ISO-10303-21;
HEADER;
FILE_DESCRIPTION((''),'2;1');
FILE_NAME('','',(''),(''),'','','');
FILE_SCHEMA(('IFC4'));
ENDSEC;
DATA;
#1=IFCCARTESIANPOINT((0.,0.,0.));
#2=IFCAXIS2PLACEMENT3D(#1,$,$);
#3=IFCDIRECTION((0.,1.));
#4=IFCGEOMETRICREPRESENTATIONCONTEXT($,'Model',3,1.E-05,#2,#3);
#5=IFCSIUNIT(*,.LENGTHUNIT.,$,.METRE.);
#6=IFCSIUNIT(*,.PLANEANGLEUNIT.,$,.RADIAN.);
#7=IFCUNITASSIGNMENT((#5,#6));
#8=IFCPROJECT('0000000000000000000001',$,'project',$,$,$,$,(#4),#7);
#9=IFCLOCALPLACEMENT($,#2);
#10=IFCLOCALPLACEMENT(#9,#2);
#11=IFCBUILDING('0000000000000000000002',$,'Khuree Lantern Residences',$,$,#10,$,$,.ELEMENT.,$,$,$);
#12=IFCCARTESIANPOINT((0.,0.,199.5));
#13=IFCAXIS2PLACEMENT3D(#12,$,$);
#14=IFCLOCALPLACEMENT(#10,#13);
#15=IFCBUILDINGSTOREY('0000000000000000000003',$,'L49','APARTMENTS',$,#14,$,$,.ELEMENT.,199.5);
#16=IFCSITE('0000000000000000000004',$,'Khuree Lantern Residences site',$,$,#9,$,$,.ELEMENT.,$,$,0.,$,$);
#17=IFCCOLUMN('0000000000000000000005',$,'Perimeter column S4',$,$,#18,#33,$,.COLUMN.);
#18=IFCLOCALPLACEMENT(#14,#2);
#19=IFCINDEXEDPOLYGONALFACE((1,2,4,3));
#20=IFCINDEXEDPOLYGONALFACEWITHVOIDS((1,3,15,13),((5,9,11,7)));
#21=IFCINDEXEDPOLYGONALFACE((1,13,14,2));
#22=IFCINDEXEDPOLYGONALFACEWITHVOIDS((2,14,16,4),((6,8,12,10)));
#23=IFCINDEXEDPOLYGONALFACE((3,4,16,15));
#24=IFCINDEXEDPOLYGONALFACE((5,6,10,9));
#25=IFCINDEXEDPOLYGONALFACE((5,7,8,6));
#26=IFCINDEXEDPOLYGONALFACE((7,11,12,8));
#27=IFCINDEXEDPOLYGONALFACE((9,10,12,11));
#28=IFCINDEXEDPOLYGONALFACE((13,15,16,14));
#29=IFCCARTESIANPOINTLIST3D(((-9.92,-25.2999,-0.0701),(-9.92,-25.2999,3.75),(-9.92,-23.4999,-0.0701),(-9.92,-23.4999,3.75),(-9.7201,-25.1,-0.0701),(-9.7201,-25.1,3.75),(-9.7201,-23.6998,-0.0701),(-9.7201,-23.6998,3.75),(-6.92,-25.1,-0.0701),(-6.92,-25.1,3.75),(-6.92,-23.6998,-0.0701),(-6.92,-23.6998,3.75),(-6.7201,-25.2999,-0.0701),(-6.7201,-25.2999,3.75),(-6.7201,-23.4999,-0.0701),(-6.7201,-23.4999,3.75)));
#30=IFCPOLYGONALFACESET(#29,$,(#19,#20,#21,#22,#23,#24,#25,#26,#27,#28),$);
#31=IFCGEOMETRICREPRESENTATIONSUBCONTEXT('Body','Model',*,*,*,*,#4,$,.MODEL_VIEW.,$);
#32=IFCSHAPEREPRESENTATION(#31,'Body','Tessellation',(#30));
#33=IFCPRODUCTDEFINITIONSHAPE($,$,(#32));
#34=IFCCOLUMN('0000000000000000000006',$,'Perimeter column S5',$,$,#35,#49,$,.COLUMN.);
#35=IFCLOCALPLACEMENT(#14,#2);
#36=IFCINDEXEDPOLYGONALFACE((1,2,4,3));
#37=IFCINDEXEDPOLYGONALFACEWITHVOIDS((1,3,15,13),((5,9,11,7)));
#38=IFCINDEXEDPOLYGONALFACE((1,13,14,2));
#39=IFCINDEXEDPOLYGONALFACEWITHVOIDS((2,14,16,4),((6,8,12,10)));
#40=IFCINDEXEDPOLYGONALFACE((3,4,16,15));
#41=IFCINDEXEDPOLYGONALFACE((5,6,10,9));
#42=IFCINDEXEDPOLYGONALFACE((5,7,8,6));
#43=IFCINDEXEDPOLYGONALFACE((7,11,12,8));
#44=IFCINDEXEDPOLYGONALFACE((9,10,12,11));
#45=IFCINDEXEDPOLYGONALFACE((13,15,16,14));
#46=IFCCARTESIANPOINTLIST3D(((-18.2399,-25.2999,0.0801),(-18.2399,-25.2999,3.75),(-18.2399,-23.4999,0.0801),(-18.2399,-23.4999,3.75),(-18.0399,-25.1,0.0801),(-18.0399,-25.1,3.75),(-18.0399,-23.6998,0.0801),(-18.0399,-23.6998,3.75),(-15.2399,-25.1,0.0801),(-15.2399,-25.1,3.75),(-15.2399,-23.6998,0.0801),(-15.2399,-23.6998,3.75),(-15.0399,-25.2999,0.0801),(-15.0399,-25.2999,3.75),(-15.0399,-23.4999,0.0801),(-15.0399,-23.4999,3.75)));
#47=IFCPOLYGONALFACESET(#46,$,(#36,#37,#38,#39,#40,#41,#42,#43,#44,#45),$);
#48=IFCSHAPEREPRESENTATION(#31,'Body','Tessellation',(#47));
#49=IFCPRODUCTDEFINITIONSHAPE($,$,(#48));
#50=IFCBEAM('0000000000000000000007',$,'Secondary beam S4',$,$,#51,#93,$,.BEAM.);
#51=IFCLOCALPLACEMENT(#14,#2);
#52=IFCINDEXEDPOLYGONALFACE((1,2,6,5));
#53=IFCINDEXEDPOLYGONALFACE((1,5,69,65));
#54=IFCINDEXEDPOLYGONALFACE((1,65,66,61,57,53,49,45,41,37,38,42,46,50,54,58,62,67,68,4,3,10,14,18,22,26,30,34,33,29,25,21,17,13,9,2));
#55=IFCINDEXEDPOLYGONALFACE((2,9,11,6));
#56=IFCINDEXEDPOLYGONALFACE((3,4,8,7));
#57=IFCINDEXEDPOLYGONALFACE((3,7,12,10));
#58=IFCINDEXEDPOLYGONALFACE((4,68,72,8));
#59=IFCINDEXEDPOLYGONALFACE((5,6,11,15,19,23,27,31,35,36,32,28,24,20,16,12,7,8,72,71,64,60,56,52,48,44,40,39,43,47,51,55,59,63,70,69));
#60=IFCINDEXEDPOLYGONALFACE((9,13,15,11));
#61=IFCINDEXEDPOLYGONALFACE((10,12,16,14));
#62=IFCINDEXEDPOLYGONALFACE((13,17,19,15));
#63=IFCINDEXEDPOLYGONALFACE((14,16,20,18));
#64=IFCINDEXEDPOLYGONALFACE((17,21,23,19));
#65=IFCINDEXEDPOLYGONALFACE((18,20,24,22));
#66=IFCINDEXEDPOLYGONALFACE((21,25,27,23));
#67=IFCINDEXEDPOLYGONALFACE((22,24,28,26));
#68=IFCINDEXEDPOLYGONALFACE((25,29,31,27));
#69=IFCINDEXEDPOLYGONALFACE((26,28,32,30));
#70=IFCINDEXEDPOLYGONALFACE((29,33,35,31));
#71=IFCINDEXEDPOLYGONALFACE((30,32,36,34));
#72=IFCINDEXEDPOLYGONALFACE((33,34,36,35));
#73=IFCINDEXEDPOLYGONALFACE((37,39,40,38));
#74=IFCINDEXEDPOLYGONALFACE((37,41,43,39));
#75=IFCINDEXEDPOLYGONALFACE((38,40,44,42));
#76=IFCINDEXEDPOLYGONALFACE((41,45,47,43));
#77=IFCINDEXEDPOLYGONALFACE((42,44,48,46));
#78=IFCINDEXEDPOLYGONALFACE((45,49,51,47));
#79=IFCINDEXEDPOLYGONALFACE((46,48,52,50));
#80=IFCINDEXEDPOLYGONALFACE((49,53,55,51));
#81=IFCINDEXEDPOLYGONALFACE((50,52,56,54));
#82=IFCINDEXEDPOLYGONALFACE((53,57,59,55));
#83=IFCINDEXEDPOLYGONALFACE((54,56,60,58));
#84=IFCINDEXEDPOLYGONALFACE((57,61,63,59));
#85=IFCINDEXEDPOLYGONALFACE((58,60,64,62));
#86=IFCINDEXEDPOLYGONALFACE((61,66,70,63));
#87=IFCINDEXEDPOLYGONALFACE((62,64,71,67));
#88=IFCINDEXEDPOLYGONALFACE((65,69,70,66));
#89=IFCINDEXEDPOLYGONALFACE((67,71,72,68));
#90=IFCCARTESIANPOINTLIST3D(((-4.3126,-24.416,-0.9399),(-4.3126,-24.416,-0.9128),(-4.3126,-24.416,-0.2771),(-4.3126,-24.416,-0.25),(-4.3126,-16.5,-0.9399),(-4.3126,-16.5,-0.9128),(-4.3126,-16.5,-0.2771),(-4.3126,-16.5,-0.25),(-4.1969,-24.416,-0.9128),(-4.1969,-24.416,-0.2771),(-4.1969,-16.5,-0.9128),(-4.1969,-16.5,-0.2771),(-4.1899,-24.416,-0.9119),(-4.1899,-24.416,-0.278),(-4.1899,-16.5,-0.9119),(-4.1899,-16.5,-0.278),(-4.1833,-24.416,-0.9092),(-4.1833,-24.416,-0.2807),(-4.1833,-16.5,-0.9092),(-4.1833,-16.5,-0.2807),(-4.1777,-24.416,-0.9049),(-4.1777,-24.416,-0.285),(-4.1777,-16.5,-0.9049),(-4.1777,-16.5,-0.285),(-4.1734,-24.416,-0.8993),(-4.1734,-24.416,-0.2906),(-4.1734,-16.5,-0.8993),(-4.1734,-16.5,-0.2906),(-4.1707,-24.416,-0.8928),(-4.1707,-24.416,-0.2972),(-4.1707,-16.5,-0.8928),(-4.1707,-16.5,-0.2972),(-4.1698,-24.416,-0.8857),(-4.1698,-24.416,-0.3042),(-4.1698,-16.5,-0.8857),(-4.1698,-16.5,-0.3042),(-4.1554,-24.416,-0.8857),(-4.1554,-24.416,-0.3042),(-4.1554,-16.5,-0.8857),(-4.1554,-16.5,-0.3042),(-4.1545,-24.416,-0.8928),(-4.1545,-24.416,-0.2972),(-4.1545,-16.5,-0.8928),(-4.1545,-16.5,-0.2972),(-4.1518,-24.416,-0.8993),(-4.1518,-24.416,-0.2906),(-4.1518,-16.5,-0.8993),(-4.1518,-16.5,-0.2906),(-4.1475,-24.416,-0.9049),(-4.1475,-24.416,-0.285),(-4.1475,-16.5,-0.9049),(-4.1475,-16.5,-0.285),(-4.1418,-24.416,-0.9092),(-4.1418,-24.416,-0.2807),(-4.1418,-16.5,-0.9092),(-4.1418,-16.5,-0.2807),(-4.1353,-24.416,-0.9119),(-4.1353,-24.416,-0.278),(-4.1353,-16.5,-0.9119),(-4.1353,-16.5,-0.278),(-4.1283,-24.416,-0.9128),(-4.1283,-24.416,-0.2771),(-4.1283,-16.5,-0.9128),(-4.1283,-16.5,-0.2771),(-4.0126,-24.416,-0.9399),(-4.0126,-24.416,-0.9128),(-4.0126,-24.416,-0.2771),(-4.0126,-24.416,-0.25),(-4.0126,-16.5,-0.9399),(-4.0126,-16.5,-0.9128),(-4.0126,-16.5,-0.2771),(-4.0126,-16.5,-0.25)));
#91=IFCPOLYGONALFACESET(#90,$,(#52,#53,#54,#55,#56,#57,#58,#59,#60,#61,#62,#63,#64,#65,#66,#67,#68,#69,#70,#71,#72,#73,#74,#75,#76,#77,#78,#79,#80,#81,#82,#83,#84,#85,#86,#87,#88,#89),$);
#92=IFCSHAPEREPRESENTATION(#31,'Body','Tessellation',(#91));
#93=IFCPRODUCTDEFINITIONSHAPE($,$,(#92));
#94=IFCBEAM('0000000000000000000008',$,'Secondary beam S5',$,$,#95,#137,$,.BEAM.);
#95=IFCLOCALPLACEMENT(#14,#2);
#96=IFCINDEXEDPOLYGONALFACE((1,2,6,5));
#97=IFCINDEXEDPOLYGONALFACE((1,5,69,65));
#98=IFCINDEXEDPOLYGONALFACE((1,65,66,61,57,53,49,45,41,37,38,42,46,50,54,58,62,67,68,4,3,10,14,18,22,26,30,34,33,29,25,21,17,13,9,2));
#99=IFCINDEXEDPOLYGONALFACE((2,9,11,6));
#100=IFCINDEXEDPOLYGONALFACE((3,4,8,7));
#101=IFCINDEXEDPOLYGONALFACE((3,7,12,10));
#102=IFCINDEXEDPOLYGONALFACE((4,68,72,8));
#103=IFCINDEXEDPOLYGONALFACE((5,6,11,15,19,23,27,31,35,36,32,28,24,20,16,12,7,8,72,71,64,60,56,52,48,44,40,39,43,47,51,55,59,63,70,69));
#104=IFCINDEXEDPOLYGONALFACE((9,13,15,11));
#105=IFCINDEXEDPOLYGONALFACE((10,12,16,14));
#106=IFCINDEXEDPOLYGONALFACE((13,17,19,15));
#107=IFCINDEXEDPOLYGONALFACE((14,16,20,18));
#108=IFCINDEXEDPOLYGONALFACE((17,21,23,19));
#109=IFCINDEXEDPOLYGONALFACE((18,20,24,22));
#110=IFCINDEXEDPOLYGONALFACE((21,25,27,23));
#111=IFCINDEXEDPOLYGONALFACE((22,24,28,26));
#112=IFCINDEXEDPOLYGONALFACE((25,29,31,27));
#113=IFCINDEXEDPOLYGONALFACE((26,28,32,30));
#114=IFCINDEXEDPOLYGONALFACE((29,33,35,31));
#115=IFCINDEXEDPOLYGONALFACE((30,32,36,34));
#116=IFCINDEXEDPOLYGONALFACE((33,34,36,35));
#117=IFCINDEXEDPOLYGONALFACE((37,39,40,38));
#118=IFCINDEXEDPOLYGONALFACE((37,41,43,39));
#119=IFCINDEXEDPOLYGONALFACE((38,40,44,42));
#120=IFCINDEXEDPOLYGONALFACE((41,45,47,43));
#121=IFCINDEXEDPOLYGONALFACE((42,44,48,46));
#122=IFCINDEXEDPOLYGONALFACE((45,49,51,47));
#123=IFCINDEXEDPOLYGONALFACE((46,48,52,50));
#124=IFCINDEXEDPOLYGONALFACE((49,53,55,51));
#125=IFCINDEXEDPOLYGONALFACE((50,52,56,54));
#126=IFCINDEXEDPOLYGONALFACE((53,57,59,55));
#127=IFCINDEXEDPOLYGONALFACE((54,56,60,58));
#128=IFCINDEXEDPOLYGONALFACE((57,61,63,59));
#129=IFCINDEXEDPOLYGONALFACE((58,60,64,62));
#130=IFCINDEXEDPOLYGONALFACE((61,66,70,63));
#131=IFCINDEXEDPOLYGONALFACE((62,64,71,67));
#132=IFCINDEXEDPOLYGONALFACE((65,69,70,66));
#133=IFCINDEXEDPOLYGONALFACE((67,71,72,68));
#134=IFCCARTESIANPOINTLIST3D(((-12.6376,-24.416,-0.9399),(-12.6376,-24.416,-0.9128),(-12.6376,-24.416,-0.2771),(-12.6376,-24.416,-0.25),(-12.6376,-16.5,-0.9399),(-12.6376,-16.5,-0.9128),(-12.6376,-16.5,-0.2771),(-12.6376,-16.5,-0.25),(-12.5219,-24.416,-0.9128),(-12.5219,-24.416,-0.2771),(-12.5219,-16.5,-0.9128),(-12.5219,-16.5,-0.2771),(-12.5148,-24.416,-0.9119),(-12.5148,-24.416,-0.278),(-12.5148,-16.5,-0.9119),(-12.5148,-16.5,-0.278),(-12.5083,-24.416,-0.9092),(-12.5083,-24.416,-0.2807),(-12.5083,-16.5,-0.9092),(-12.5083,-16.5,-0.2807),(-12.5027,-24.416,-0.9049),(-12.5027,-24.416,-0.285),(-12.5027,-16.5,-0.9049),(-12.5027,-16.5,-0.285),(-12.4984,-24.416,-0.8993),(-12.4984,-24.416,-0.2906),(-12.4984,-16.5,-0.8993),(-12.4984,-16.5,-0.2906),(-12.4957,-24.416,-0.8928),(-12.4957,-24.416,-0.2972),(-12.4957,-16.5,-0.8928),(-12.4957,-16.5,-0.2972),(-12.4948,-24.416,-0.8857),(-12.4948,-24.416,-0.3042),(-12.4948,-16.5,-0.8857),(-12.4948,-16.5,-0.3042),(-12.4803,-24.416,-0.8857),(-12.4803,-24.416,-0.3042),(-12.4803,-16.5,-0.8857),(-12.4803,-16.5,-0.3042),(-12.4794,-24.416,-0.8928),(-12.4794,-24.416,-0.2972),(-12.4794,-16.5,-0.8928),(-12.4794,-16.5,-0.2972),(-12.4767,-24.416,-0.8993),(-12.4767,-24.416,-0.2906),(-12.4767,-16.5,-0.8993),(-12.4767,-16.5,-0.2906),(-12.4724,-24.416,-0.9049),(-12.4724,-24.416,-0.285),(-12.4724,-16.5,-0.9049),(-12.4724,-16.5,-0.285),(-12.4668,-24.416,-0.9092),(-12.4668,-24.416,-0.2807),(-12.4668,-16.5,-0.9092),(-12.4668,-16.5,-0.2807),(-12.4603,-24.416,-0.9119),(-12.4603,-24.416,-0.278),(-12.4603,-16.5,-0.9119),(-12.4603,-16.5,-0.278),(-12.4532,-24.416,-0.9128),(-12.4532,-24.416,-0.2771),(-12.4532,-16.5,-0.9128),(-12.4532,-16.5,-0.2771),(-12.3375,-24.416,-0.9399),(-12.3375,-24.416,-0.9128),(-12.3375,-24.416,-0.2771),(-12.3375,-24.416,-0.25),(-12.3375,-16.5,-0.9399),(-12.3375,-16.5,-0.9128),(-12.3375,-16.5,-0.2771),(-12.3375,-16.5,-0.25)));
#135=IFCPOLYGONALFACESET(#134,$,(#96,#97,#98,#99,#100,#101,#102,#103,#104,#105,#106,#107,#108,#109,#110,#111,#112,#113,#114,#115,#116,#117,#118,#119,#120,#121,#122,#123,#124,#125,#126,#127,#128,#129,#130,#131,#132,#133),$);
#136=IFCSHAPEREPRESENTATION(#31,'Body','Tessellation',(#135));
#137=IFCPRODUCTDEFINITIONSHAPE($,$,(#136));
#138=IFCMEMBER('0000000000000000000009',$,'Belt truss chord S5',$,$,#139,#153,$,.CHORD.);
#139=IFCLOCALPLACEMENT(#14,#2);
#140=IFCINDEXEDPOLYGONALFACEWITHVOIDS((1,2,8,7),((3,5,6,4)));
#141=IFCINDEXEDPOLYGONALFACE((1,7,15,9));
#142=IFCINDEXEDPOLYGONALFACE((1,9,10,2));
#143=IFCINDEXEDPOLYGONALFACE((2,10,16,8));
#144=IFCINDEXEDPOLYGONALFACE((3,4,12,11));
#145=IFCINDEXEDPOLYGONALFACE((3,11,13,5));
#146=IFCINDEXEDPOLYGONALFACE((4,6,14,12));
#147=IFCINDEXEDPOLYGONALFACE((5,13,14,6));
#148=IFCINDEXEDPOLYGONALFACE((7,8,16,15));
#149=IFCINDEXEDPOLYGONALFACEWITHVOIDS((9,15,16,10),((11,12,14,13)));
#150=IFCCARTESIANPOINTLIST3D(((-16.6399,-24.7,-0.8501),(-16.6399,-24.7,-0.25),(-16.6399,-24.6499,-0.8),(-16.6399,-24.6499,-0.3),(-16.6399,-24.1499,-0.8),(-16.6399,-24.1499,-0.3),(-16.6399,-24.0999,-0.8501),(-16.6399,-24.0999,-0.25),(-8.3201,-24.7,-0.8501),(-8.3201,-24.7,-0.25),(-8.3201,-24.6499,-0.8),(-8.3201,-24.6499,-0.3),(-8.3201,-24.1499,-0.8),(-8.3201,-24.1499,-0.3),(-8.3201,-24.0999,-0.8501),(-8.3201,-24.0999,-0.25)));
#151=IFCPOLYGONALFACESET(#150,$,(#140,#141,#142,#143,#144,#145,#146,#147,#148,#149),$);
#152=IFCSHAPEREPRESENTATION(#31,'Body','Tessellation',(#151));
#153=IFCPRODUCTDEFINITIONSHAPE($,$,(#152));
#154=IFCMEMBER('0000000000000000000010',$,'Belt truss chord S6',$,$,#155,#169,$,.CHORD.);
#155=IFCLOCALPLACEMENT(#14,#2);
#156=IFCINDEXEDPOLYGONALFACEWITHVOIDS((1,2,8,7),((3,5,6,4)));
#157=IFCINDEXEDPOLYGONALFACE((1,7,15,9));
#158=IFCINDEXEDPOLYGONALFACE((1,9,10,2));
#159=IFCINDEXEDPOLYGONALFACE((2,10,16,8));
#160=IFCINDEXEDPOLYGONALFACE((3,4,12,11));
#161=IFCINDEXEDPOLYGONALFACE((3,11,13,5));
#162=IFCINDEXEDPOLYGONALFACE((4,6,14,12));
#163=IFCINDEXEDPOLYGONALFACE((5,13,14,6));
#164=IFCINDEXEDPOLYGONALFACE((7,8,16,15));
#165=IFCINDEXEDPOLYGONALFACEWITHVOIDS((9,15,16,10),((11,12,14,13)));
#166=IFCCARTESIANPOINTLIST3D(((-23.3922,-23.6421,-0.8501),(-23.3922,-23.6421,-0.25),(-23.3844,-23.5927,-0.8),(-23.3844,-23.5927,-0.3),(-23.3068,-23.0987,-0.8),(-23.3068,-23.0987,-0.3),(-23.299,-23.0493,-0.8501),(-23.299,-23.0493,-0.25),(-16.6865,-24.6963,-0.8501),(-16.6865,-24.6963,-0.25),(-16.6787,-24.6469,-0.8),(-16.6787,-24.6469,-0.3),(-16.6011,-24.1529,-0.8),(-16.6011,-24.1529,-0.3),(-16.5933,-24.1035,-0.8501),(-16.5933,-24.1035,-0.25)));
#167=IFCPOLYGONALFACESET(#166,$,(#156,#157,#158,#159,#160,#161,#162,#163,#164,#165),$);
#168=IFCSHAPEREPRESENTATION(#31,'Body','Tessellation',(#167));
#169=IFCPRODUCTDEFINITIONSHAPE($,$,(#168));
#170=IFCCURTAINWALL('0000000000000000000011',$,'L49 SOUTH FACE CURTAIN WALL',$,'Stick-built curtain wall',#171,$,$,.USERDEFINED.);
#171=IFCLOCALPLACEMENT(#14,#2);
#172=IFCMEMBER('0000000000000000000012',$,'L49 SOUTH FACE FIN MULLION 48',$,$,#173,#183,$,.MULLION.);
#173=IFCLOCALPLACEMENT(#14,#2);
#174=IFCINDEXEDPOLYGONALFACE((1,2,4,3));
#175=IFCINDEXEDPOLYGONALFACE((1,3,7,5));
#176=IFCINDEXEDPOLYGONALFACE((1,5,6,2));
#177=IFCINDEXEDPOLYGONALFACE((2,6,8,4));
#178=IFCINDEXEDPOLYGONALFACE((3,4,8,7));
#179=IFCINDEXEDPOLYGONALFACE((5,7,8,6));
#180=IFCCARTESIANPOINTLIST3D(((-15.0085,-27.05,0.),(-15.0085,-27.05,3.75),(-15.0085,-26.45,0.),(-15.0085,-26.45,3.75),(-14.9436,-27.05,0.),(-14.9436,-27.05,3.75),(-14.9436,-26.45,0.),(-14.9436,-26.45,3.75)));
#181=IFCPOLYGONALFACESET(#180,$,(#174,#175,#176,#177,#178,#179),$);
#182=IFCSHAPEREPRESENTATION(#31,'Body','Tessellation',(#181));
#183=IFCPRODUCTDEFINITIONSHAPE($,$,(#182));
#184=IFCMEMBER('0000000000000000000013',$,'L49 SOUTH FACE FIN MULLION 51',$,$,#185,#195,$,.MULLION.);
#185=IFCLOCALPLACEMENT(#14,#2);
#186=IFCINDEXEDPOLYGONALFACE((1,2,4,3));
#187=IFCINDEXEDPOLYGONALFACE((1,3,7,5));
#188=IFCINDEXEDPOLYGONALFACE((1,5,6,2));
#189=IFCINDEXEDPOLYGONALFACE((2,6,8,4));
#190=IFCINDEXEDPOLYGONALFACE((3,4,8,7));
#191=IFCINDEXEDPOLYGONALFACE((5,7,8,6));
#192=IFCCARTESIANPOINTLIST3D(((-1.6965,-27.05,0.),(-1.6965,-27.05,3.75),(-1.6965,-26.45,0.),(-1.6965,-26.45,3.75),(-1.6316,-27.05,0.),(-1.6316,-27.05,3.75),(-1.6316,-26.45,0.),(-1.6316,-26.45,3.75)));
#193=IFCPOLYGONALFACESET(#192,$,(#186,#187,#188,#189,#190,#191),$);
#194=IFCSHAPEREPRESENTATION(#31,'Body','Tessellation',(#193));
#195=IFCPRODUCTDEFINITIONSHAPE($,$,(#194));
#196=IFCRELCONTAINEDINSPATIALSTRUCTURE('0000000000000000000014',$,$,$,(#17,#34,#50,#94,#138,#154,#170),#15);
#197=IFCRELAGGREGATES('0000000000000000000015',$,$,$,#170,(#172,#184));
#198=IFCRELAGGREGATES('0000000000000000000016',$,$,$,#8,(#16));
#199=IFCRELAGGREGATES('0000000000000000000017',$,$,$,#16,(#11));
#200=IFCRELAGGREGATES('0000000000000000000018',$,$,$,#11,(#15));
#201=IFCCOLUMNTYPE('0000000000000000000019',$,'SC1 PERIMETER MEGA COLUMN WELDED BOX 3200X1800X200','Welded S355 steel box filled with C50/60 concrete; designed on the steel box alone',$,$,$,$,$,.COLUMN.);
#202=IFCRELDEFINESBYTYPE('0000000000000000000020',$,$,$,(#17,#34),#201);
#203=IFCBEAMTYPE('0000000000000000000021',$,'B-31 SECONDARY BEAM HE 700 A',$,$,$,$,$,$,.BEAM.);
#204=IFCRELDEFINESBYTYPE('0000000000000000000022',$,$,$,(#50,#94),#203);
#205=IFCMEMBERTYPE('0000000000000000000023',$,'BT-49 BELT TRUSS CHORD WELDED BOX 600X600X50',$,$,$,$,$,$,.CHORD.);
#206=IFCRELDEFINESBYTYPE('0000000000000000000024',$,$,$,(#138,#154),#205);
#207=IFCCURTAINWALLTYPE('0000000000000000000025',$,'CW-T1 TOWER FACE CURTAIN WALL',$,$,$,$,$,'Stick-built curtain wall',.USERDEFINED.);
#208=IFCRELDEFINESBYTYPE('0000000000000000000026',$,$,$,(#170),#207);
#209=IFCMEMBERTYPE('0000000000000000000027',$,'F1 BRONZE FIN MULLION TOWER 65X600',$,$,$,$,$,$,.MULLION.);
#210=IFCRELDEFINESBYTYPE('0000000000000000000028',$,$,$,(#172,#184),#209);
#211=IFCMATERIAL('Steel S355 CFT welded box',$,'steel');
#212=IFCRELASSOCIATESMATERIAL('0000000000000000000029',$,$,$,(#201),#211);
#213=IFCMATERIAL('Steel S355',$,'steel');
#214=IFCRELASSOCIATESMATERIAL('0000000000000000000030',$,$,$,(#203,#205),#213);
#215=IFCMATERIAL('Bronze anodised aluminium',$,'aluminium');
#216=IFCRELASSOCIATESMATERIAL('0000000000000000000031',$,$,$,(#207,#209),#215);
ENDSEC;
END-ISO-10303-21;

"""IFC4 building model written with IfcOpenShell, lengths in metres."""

from ifc_helpers import new_model, si_unit, direction, frame, origin, origin_2d, place, context, subcontext, project, spatial, rectangle, hollow_rectangle, i_section, extrude, material, material_profile, profile_set, type_object, element, aggregate, save


model = new_model("IFC4")

# Units and contexts
model_context = context("Model", 3, precision=1e-05, world=origin(), true_north=direction((0.0, 1.0)))
body_context = subcontext(model_context, "Body", "Model", "MODEL_VIEW")
ifc_project = project(units=[si_unit("LENGTHUNIT", "METRE"), si_unit("PLANEANGLEUNIT", "RADIAN")], contexts=[model_context])

# Site, building, storey
site_placement = place(None, origin())
site = spatial("IfcSite", under=ifc_project, at=site_placement, Name="Khuree Lantern Residences site", CompositionType="ELEMENT", RefElevation=0.0)
building_placement = place(site_placement, origin())
building = spatial("IfcBuilding", under=site, at=building_placement, Name="Khuree Lantern Residences", CompositionType="ELEMENT")
storey_placement = place(building_placement, frame((0.0, 0.0, 199.5)))
storey = spatial("IfcBuildingStorey", under=building, at=storey_placement, Name="L49", Description="APARTMENTS", CompositionType="ELEMENT", Elevation=199.5)

# Columns
ifc_material_1 = material(Name="Steel S355 CFT welded box", Category="steel")
ifc_material_profile_1 = material_profile(ifc_material_1, hollow_rectangle(XDim=3.2, YDim=1.8, WallThickness=0.2, at=origin_2d()), Name="WELDED BOX 3200X1800X200")
ifc_profile_set_1 = profile_set([ifc_material_profile_1], Name="Steel S355 CFT welded box")
column_type = type_object("IfcColumnType", Name="SC1 PERIMETER MEGA COLUMN WELDED BOX 3200X1800X200", Description="Welded S355 steel box filled with C50/60 concrete; designed on the steel box alone", PredefinedType="COLUMN", material=ifc_profile_set_1)
column_1_placement = place(storey_placement, frame((-8.3201, -24.3999, -0.0701), z_axis=(0.0, 0.0, 1.0), x_axis=(1.0, 0.0, 0.0)))
element("IfcColumn", 1, at=column_1_placement, inside=storey, type_object=column_type, Name="Perimeter column S4", PredefinedType="COLUMN", context=body_context, shape_type="SweptSolid", body=[
    extrude(hollow_rectangle(XDim=3.2, YDim=1.8, WallThickness=0.2, at=origin_2d()), origin(), (0.0, 0.0, 1.0), 3.8201),
])
column_2_placement = place(storey_placement, frame((-16.6399, -24.3999, 0.0801), z_axis=(0.0, 0.0, 1.0), x_axis=(1.0, 0.0, 0.0)))
element("IfcColumn", 2, at=column_2_placement, inside=storey, type_object=column_type, Name="Perimeter column S5", PredefinedType="COLUMN", context=body_context, shape_type="SweptSolid", body=[
    extrude(hollow_rectangle(XDim=3.2, YDim=1.8, WallThickness=0.2, at=origin_2d()), origin(), (0.0, 0.0, 1.0), 3.6699),
])

# Beams
ifc_material_2 = material(Name="Steel S355", Category="steel")
ifc_material_profile_2 = material_profile(ifc_material_2, i_section(OverallWidth=0.3, OverallDepth=0.6899, WebThickness=0.0144, FlangeThickness=0.0271, FilletRadius=0.0271, at=origin_2d()), Name="HE 700 A")
ifc_profile_set_2 = profile_set([ifc_material_profile_2], Name="Steel S355")
beam_type_1 = type_object("IfcBeamType", Name="B-31 SECONDARY BEAM HE 700 A", PredefinedType="BEAM", material=ifc_profile_set_2)
for number, where, z_axis, x_axis, name in (
    (3, (-4.1626, -24.416, -0.595), (0.0, 1.0, 0.0), (-1.0, 0.0, 0.0), "Secondary beam S4"),
    (4, (-12.4875, -24.416, -0.595), (0.0, 1.0, 0.0), (-1.0, 0.0, 0.0), "Secondary beam S5"),
):
    element("IfcBeam", number, at=place(storey_placement, frame(where, z_axis=z_axis, x_axis=x_axis)), inside=storey, type_object=beam_type_1, Name=name, PredefinedType="BEAM", context=body_context, shape_type="SweptSolid", body=[
        extrude(i_section(OverallWidth=0.3, OverallDepth=0.6899, WebThickness=0.0144, FlangeThickness=0.0271, FilletRadius=0.0271, at=origin_2d()), origin(), (0.0, 0.0, 1.0), 7.916),
    ])

# Members
ifc_material_profile_3 = material_profile(ifc_material_2, hollow_rectangle(XDim=0.6001, YDim=0.6001, WallThickness=0.05, at=origin_2d()), Name="WELDED BOX 600X600X50")
ifc_profile_set_3 = profile_set([ifc_material_profile_3], Name="Steel S355")
member_type_1 = type_object("IfcMemberType", Name="BT-49 BELT TRUSS CHORD WELDED BOX 600X600X50", PredefinedType="CHORD", material=ifc_profile_set_3)
member_1_placement = place(storey_placement, frame((-8.3201, -24.3999, -0.55), z_axis=(-1.0, 0.0, 0.0), x_axis=(0.0, -1.0, 0.0)))
element("IfcMember", 5, at=member_1_placement, inside=storey, type_object=member_type_1, Name="Belt truss chord S5", PredefinedType="CHORD", context=body_context, shape_type="SweptSolid", body=[
    extrude(hollow_rectangle(XDim=0.6001, YDim=0.6001, WallThickness=0.05, at=origin_2d()), origin(), (0.0, 0.0, 1.0), 8.3198),
])
member_2_placement = place(storey_placement, frame((-16.6399, -24.3999, -0.55), z_axis=(-0.987867, 0.1553, 0.0), x_axis=(-0.1553, -0.987867, 0.0)))
element("IfcMember", 6, at=member_2_placement, inside=storey, type_object=member_type_1, Name="Belt truss chord S6", PredefinedType="CHORD", context=body_context, shape_type="SweptSolid", body=[
    extrude(hollow_rectangle(XDim=0.6001, YDim=0.6001, WallThickness=0.05, at=origin_2d()), origin(), (0.0, 0.0, 1.0), 6.7881),
])

# Curtain wall, members
ifc_material_3 = material(Name="Bronze anodised aluminium", Category="aluminium")
curtain_wall_type = type_object("IfcCurtainWallType", Name="CW-T1 TOWER FACE CURTAIN WALL", ElementType="Stick-built curtain wall", PredefinedType="USERDEFINED", material=ifc_material_3)
curtain_wall_placement = place(storey_placement, origin())
curtain_wall = element("IfcCurtainWall", 7, at=curtain_wall_placement, inside=storey, type_object=curtain_wall_type, Name="L49 SOUTH FACE CURTAIN WALL", ObjectType="Stick-built curtain wall", PredefinedType="USERDEFINED")
ifc_material_profile_4 = material_profile(ifc_material_3, rectangle(XDim=0.0649, YDim=0.6001, at=origin_2d()), Name="F1 65X600")
ifc_profile_set_4 = profile_set([ifc_material_profile_4], Name="Bronze anodised aluminium")
member_type_2 = type_object("IfcMemberType", Name="F1 BRONZE FIN MULLION TOWER 65X600", PredefinedType="MULLION", material=ifc_profile_set_4)
member_3_placement = place(storey_placement, frame((-14.9761, -26.75, 0.0), z_axis=(0.0, 0.0, 1.0), x_axis=(1.0, 0.0, 0.0)))
member_3 = element("IfcMember", 8, at=member_3_placement, type_object=member_type_2, Name="L49 SOUTH FACE FIN MULLION 48", PredefinedType="MULLION", context=body_context, shape_type="SweptSolid", body=[
    extrude(rectangle(XDim=0.0649, YDim=0.6001, at=origin_2d()), origin(), (0.0, 0.0, 1.0), 3.75),
])
member_4_placement = place(storey_placement, frame((-1.6641, -26.75, 0.0), z_axis=(0.0, 0.0, 1.0), x_axis=(1.0, 0.0, 0.0)))
member_4 = element("IfcMember", 9, at=member_4_placement, type_object=member_type_2, Name="L49 SOUTH FACE FIN MULLION 51", PredefinedType="MULLION", context=body_context, shape_type="SweptSolid", body=[
    extrude(rectangle(XDim=0.0649, YDim=0.6001, at=origin_2d()), origin(), (0.0, 0.0, 1.0), 3.75),
])

aggregate(curtain_wall, [member_3, member_4])

save(model, "model.ifc")
